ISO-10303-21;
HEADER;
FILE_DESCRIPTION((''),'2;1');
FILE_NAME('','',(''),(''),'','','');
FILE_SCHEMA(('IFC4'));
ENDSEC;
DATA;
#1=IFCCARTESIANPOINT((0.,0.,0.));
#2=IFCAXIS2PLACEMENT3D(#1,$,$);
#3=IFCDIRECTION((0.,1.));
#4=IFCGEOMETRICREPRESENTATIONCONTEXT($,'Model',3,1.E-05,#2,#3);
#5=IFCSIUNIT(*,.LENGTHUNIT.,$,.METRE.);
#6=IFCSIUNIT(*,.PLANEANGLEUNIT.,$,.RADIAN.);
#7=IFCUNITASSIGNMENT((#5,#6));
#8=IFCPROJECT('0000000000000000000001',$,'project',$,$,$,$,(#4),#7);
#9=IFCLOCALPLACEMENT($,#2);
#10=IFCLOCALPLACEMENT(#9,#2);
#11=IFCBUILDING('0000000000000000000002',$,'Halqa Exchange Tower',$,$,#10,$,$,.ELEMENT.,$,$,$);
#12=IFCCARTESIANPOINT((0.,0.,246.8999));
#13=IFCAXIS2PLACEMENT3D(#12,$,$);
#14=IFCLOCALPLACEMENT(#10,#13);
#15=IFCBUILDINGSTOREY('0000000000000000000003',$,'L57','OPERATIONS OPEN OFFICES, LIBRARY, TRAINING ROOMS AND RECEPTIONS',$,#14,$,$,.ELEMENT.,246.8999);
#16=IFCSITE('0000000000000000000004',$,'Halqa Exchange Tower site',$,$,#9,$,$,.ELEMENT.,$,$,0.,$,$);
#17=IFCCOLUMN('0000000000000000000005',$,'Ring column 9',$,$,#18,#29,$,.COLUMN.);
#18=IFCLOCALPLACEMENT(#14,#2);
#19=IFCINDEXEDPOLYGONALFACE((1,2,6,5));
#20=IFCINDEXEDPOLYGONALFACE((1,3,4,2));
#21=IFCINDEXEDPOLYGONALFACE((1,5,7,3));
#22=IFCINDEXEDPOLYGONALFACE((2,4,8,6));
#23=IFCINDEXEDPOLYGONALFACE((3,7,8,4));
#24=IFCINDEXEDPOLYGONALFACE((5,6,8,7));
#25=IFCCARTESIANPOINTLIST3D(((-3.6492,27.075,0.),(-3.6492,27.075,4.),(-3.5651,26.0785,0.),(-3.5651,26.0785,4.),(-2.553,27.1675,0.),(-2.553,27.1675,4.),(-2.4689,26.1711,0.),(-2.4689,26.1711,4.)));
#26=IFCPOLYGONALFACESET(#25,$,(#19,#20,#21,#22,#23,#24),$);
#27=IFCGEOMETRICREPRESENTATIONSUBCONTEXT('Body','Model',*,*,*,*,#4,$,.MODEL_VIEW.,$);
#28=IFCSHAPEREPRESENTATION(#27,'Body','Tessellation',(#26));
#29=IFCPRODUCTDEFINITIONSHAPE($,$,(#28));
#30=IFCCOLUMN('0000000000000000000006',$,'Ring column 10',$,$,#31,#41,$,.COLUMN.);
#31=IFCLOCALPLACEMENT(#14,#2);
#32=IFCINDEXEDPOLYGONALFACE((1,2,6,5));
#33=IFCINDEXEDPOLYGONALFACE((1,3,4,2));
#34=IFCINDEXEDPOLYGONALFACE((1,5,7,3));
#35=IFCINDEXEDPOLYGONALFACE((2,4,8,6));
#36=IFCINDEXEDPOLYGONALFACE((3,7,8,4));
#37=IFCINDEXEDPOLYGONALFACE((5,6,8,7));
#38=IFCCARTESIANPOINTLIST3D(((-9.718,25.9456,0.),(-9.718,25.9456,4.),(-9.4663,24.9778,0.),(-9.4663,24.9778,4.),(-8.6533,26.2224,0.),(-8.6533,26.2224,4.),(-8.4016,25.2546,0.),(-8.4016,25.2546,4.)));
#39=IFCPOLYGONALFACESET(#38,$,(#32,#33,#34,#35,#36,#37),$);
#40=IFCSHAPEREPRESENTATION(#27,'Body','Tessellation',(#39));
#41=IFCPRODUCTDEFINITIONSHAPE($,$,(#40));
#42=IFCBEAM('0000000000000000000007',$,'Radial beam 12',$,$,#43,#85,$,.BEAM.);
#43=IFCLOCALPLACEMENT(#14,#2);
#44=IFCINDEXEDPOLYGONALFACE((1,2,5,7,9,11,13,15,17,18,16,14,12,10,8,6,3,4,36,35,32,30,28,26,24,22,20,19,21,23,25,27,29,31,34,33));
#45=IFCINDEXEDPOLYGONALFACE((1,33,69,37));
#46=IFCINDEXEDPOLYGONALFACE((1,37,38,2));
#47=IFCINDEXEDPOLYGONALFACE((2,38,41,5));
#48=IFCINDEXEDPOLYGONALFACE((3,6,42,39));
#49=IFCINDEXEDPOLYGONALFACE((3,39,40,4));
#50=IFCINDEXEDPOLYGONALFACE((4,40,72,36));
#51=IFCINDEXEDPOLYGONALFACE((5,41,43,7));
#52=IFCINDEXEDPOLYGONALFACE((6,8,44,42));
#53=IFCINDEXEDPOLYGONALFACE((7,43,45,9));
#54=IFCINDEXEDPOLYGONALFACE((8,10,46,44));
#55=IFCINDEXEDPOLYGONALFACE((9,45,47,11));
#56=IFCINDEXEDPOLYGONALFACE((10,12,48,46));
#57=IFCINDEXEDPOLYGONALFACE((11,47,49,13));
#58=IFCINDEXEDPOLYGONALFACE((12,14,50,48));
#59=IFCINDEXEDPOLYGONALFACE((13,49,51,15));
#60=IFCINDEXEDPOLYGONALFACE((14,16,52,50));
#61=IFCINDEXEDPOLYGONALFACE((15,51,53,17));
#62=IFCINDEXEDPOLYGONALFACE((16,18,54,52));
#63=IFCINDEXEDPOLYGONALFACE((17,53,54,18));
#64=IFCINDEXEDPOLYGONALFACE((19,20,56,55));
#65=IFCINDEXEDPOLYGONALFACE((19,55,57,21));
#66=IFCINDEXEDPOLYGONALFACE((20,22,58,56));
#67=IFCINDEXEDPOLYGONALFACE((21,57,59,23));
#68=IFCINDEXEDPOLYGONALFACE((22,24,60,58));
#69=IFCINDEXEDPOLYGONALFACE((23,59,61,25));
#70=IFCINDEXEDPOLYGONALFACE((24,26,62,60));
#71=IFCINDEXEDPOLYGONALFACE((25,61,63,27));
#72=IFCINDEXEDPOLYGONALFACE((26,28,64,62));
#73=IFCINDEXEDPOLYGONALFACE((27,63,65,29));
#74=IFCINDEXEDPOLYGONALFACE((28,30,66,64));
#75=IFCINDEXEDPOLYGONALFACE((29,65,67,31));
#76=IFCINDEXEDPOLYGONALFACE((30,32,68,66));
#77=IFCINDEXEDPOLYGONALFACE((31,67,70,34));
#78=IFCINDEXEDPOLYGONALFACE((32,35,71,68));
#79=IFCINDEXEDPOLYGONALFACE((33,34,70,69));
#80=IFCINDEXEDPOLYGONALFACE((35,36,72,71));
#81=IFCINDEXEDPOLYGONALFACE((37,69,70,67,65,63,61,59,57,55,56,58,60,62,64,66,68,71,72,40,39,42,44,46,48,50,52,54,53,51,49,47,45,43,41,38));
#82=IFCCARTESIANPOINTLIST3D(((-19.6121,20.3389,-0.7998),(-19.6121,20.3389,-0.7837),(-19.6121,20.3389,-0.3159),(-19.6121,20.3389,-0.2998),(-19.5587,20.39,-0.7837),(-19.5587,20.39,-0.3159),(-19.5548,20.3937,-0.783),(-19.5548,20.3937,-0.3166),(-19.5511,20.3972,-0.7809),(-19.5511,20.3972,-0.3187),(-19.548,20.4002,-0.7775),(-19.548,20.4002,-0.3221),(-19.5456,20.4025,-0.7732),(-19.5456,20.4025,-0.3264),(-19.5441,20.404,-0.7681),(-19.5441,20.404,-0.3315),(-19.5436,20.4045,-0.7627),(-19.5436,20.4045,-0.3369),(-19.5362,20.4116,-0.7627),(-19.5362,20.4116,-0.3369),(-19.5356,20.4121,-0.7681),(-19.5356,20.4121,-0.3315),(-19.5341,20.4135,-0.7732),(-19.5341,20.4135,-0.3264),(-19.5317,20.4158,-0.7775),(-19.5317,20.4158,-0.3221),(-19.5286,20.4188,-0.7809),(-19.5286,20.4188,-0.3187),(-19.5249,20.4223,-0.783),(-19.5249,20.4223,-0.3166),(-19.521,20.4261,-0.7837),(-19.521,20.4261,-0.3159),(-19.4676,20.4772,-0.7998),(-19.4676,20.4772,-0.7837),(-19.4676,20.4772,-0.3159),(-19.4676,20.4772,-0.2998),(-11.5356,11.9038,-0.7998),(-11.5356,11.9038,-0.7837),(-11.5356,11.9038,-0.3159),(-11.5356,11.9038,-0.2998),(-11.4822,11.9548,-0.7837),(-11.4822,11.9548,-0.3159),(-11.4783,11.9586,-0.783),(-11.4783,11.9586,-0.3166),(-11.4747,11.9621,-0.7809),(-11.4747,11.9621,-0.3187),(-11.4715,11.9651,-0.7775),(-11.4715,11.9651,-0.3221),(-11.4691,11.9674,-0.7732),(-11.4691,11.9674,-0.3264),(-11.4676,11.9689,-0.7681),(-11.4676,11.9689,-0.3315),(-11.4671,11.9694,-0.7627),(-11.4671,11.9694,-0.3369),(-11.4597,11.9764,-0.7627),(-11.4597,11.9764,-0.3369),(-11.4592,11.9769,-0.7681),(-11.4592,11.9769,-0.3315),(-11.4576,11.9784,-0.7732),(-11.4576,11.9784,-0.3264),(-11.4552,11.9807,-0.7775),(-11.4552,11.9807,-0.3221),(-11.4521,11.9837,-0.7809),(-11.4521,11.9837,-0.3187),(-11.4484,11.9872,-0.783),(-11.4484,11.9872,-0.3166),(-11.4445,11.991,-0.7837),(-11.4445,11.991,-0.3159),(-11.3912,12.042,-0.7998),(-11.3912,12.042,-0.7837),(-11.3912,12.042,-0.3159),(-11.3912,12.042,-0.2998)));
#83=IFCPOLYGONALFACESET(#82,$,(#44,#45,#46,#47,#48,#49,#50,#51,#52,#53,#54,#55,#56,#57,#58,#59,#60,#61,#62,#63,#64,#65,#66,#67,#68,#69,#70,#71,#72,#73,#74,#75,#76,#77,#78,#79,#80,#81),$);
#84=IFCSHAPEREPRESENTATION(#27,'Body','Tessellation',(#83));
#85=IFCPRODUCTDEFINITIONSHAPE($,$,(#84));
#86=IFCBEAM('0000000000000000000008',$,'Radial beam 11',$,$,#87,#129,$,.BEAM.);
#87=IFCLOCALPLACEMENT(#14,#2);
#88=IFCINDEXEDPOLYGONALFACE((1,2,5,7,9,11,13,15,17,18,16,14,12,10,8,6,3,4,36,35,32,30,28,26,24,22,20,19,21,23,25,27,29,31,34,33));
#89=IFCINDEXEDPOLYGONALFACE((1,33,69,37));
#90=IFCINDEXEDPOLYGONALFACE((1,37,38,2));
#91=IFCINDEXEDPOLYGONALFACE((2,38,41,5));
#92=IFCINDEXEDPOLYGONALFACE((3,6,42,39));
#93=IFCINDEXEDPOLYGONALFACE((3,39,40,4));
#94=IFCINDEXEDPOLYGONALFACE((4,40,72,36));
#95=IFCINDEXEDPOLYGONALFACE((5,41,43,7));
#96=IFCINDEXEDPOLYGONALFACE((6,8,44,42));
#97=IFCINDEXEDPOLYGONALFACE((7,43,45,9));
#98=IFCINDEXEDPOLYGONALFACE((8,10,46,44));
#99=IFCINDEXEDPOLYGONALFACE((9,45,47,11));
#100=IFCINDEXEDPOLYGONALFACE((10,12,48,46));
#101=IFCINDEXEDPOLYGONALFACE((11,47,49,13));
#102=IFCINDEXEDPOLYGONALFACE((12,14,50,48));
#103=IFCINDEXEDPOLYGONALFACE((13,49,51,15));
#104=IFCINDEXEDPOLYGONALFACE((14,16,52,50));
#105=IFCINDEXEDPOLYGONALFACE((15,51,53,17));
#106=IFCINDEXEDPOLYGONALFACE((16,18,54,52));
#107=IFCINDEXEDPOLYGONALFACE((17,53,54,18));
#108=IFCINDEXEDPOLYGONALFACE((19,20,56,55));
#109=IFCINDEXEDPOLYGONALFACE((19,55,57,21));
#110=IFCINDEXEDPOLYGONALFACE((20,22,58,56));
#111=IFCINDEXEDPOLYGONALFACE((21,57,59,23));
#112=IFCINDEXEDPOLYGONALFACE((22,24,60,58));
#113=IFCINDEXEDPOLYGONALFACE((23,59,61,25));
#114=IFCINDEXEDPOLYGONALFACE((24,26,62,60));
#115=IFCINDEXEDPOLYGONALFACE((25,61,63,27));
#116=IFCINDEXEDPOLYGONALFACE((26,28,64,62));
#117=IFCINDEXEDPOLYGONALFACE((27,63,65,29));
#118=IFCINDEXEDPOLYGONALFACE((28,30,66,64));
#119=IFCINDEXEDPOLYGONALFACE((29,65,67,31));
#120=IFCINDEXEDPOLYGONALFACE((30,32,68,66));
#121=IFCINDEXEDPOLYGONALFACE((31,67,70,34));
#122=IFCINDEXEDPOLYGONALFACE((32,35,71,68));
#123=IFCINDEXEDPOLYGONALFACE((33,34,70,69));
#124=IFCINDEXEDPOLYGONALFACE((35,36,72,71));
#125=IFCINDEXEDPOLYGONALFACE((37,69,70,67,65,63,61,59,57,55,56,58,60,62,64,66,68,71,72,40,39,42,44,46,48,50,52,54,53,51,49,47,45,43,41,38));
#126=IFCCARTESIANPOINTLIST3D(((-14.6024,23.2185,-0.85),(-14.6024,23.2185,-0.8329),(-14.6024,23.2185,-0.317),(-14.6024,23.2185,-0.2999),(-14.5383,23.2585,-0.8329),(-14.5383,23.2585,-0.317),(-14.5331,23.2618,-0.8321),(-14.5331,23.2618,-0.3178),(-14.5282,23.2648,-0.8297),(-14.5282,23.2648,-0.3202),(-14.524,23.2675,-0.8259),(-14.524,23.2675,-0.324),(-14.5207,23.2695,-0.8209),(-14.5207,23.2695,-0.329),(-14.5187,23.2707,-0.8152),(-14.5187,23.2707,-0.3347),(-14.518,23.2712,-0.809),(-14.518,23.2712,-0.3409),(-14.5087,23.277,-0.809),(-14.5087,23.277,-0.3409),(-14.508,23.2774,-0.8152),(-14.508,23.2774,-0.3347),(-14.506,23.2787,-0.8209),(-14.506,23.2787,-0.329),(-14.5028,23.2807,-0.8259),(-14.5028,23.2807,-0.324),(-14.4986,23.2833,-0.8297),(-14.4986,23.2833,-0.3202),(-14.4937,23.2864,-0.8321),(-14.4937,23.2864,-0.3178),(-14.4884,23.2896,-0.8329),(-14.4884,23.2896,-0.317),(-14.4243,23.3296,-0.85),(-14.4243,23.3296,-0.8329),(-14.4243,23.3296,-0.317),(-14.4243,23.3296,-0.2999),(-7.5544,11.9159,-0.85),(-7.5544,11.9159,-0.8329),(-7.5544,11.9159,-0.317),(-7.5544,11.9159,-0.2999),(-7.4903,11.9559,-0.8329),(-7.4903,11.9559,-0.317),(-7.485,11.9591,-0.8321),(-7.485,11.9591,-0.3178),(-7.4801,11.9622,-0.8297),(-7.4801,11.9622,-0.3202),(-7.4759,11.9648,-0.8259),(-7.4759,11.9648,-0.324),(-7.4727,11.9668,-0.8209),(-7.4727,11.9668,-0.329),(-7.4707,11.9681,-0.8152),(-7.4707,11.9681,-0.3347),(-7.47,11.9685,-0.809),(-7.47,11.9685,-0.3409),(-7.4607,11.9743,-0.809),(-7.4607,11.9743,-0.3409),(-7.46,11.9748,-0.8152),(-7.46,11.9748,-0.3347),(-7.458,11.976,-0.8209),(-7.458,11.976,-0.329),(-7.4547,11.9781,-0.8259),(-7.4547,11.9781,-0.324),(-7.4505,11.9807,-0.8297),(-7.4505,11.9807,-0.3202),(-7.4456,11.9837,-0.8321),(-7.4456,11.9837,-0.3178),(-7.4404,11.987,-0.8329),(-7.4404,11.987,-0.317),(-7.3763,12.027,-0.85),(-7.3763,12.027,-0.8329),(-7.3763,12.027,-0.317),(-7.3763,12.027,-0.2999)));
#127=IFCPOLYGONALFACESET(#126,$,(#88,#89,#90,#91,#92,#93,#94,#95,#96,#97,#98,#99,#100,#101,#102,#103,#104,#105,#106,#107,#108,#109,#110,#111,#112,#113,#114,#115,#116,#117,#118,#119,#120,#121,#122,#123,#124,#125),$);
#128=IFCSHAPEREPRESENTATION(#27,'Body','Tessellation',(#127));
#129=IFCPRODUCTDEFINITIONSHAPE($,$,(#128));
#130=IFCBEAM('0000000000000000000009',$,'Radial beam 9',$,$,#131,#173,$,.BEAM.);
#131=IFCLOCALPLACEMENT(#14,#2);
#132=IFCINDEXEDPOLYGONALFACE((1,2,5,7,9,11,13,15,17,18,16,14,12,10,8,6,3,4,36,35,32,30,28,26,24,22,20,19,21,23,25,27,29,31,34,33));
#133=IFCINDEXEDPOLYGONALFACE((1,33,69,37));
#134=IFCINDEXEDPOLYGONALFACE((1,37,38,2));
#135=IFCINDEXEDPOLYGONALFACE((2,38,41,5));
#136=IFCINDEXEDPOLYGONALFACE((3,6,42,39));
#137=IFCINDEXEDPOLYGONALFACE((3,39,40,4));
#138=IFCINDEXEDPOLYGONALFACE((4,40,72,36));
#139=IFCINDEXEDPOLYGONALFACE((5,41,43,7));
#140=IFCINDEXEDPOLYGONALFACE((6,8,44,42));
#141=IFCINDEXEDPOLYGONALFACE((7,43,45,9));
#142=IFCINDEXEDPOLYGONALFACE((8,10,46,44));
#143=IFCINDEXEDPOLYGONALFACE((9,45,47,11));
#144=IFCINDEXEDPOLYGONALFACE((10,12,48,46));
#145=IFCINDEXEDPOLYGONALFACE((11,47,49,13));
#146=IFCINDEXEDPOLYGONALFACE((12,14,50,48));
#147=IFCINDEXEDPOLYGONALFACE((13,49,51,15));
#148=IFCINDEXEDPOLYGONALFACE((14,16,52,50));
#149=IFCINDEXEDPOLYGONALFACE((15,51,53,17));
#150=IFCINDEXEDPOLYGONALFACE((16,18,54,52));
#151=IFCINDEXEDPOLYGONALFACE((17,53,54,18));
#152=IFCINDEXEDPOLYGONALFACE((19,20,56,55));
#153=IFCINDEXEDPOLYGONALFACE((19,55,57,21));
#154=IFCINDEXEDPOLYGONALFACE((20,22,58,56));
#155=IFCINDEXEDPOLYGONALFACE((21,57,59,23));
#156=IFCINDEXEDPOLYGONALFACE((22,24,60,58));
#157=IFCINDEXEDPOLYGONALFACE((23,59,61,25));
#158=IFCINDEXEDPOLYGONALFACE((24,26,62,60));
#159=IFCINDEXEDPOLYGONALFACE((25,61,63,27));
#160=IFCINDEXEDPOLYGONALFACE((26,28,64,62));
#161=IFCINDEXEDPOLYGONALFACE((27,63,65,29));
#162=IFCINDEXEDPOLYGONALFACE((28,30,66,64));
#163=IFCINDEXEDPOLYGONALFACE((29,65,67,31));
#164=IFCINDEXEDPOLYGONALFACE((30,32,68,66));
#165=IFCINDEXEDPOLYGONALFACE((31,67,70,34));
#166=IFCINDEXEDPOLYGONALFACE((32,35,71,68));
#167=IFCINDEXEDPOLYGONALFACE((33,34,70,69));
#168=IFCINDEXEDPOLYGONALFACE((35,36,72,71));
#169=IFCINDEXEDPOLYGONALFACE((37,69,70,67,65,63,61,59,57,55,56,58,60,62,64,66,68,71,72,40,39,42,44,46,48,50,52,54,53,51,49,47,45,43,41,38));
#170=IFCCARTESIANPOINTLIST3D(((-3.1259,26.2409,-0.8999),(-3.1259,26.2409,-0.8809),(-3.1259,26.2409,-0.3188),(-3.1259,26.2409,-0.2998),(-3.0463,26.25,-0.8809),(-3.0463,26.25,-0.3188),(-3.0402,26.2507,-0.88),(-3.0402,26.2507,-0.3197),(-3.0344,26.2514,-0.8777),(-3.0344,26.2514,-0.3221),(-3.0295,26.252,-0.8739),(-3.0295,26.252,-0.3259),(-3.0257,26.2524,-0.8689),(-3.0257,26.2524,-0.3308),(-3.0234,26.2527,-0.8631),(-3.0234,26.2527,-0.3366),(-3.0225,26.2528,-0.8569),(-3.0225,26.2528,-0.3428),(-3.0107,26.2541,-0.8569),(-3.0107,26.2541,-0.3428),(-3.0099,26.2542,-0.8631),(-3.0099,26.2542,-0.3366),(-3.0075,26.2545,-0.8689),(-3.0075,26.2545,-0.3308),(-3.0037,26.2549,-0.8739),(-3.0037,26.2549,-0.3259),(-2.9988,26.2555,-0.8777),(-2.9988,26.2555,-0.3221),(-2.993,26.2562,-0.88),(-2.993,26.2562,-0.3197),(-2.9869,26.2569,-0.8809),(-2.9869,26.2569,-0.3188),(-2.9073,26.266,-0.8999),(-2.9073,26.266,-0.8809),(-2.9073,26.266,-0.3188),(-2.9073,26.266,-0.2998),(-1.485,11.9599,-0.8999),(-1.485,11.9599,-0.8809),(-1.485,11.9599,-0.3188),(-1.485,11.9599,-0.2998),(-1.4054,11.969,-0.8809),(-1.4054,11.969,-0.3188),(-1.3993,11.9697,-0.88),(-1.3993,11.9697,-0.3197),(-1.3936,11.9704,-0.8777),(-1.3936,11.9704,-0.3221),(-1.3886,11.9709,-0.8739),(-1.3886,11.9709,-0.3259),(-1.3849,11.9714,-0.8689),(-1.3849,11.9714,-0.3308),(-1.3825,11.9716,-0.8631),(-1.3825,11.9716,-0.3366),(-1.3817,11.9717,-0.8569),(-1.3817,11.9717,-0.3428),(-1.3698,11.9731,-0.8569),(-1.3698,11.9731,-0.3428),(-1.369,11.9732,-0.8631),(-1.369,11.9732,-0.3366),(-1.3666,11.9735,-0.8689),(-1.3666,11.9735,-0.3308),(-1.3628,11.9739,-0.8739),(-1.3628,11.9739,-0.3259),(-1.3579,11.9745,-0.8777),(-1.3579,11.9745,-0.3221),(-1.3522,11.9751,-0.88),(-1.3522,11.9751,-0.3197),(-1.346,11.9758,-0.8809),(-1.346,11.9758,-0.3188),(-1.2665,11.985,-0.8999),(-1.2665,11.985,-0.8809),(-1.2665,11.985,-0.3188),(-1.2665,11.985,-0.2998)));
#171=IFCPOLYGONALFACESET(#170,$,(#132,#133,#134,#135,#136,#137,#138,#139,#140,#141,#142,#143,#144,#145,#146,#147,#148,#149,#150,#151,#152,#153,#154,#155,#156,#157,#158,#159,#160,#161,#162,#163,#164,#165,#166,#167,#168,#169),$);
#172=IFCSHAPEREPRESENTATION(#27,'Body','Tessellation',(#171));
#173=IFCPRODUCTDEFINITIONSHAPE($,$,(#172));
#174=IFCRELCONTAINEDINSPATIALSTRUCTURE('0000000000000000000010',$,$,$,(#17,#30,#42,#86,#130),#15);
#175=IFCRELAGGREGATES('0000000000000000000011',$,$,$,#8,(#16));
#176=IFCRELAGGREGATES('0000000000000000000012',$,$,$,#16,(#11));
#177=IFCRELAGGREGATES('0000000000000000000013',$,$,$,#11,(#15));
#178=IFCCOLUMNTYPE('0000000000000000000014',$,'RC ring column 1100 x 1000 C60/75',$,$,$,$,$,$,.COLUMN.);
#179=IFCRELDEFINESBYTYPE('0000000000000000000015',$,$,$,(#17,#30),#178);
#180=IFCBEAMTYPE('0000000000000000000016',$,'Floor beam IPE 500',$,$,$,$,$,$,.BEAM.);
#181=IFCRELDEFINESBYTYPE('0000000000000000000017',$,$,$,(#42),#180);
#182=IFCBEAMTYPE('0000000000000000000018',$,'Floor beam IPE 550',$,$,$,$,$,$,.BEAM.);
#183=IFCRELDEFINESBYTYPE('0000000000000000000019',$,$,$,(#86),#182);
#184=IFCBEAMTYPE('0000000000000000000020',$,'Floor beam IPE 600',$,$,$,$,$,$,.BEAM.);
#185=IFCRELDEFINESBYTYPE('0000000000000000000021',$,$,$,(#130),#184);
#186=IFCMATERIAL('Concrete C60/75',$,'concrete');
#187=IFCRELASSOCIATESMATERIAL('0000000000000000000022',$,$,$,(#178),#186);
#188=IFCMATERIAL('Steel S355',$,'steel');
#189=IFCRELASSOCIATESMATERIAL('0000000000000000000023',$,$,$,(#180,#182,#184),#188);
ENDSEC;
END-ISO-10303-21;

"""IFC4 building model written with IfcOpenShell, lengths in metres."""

from ifc_helpers import new_model, si_unit, direction, frame, origin, origin_2d, place, context, subcontext, project, spatial, rectangle, i_section, extrude, material, material_profile, profile_set, type_object, element, save


model = new_model("IFC4")

# Units and contexts
model_context = context("Model", 3, precision=1e-05, world=origin(), true_north=direction((0.0, 1.0)))
body_context = subcontext(model_context, "Body", "Model", "MODEL_VIEW")
ifc_project = project(units=[si_unit("LENGTHUNIT", "METRE"), si_unit("PLANEANGLEUNIT", "RADIAN")], contexts=[model_context])

# Site, building, storey
site_placement = place(None, origin())
site = spatial("IfcSite", under=ifc_project, at=site_placement, Name="Halqa Exchange Tower site", CompositionType="ELEMENT", RefElevation=0.0)
building_placement = place(site_placement, origin())
building = spatial("IfcBuilding", under=site, at=building_placement, Name="Halqa Exchange Tower", CompositionType="ELEMENT")
storey_placement = place(building_placement, frame((0.0, 0.0, 246.8999)))
storey = spatial("IfcBuildingStorey", under=building, at=storey_placement, Name="L57", Description="OPERATIONS OPEN OFFICES, LIBRARY, TRAINING ROOMS AND RECEPTIONS", CompositionType="ELEMENT", Elevation=246.8999)

# Columns
ifc_material_1 = material(Name="Concrete C60/75", Category="concrete")
ifc_material_profile_1 = material_profile(ifc_material_1, rectangle(XDim=1.1001, YDim=1.0, at=origin_2d()), Name="1100 x 1000")
ifc_profile_set_1 = profile_set([ifc_material_profile_1], Name="Concrete C60/75")
column_type = type_object("IfcColumnType", Name="RC ring column 1100 x 1000 C60/75", PredefinedType="COLUMN", material=ifc_profile_set_1)
for number, where, z_axis, x_axis, name in (
    (1, (-3.0591, 26.623, 0.0), (0.0, 0.0, 1.0), (-0.996456, -0.084121, 0.0), "Ring column 9"),
    (2, (-9.0598, 25.6001, 0.0), (0.0, 0.0, 1.0), (-0.96782, -0.251645, 0.0), "Ring column 10"),
):
    element("IfcColumn", number, at=place(storey_placement, frame(where, z_axis=z_axis, x_axis=x_axis)), inside=storey, type_object=column_type, Name=name, PredefinedType="COLUMN", context=body_context, shape_type="SweptSolid", body=[
        extrude(rectangle(XDim=1.1001, YDim=1.0, at=origin_2d()), origin(), (0.0, 0.0, 1.0), 4.0),
    ])

# Beams
ifc_material_2 = material(Name="Steel S355", Category="steel")
ifc_material_profile_2 = material_profile(ifc_material_2, i_section(OverallWidth=0.2, OverallDepth=0.5, WebThickness=0.0103, FlangeThickness=0.0161, FilletRadius=0.021, at=origin_2d()), Name="IPE 500")
ifc_profile_set_2 = profile_set([ifc_material_profile_2], Name="Steel S355")
beam_type_1 = type_object("IfcBeamType", Name="Floor beam IPE 500", PredefinedType="BEAM", material=ifc_profile_set_2)
beam_1_placement = place(storey_placement, frame((-11.4634, 11.9729, -0.5498), z_axis=(-0.691585, 0.722295, 0.0), x_axis=(-0.722295, -0.691585, 0.0)))
element("IfcBeam", 3, at=beam_1_placement, inside=storey, type_object=beam_type_1, Name="Radial beam 12", PredefinedType="BEAM", context=body_context, shape_type="SweptSolid", body=[
    extrude(i_section(OverallWidth=0.2, OverallDepth=0.5, WebThickness=0.0103, FlangeThickness=0.0161, FilletRadius=0.021, at=origin_2d()), origin(), (0.0, 0.0, 1.0), 11.6782),
])
ifc_material_profile_3 = material_profile(ifc_material_2, i_section(OverallWidth=0.21, OverallDepth=0.55, WebThickness=0.011, FlangeThickness=0.0171, FilletRadius=0.0239, at=origin_2d()), Name="IPE 550")
ifc_profile_set_3 = profile_set([ifc_material_profile_3], Name="Steel S355")
beam_type_2 = type_object("IfcBeamType", Name="Floor beam IPE 550", PredefinedType="BEAM", material=ifc_profile_set_3)
beam_2_placement = place(storey_placement, frame((-7.4653, 11.9714, -0.575), z_axis=(-0.529129, 0.848542, 0.0), x_axis=(-0.848542, -0.529129, 0.0)))
element("IfcBeam", 4, at=beam_2_placement, inside=storey, type_object=beam_type_2, Name="Radial beam 11", PredefinedType="BEAM", context=body_context, shape_type="SweptSolid", body=[
    extrude(i_section(OverallWidth=0.21, OverallDepth=0.55, WebThickness=0.011, FlangeThickness=0.0171, FilletRadius=0.0239, at=origin_2d()), origin(), (0.0, 0.0, 1.0), 13.3201),
])
ifc_material_profile_4 = material_profile(ifc_material_2, i_section(OverallWidth=0.22, OverallDepth=0.6001, WebThickness=0.012, FlangeThickness=0.019, FilletRadius=0.0239, at=origin_2d()), Name="IPE 600")
ifc_profile_set_4 = profile_set([ifc_material_profile_4], Name="Steel S355")
beam_type_3 = type_object("IfcBeamType", Name="Floor beam IPE 600", PredefinedType="BEAM", material=ifc_profile_set_4)
beam_3_placement = place(storey_placement, frame((-1.3757, 11.9724, -0.5999), z_axis=(-0.114148, 0.993464, 0.0), x_axis=(-0.993464, -0.114148, 0.0)))
element("IfcBeam", 5, at=beam_3_placement, inside=storey, type_object=beam_type_3, Name="Radial beam 9", PredefinedType="BEAM", context=body_context, shape_type="SweptSolid", body=[
    extrude(i_section(OverallWidth=0.22, OverallDepth=0.6001, WebThickness=0.012, FlangeThickness=0.019, FilletRadius=0.0239, at=origin_2d()), origin(), (0.0, 0.0, 1.0), 14.375),
])

save(model, "model.ifc")
